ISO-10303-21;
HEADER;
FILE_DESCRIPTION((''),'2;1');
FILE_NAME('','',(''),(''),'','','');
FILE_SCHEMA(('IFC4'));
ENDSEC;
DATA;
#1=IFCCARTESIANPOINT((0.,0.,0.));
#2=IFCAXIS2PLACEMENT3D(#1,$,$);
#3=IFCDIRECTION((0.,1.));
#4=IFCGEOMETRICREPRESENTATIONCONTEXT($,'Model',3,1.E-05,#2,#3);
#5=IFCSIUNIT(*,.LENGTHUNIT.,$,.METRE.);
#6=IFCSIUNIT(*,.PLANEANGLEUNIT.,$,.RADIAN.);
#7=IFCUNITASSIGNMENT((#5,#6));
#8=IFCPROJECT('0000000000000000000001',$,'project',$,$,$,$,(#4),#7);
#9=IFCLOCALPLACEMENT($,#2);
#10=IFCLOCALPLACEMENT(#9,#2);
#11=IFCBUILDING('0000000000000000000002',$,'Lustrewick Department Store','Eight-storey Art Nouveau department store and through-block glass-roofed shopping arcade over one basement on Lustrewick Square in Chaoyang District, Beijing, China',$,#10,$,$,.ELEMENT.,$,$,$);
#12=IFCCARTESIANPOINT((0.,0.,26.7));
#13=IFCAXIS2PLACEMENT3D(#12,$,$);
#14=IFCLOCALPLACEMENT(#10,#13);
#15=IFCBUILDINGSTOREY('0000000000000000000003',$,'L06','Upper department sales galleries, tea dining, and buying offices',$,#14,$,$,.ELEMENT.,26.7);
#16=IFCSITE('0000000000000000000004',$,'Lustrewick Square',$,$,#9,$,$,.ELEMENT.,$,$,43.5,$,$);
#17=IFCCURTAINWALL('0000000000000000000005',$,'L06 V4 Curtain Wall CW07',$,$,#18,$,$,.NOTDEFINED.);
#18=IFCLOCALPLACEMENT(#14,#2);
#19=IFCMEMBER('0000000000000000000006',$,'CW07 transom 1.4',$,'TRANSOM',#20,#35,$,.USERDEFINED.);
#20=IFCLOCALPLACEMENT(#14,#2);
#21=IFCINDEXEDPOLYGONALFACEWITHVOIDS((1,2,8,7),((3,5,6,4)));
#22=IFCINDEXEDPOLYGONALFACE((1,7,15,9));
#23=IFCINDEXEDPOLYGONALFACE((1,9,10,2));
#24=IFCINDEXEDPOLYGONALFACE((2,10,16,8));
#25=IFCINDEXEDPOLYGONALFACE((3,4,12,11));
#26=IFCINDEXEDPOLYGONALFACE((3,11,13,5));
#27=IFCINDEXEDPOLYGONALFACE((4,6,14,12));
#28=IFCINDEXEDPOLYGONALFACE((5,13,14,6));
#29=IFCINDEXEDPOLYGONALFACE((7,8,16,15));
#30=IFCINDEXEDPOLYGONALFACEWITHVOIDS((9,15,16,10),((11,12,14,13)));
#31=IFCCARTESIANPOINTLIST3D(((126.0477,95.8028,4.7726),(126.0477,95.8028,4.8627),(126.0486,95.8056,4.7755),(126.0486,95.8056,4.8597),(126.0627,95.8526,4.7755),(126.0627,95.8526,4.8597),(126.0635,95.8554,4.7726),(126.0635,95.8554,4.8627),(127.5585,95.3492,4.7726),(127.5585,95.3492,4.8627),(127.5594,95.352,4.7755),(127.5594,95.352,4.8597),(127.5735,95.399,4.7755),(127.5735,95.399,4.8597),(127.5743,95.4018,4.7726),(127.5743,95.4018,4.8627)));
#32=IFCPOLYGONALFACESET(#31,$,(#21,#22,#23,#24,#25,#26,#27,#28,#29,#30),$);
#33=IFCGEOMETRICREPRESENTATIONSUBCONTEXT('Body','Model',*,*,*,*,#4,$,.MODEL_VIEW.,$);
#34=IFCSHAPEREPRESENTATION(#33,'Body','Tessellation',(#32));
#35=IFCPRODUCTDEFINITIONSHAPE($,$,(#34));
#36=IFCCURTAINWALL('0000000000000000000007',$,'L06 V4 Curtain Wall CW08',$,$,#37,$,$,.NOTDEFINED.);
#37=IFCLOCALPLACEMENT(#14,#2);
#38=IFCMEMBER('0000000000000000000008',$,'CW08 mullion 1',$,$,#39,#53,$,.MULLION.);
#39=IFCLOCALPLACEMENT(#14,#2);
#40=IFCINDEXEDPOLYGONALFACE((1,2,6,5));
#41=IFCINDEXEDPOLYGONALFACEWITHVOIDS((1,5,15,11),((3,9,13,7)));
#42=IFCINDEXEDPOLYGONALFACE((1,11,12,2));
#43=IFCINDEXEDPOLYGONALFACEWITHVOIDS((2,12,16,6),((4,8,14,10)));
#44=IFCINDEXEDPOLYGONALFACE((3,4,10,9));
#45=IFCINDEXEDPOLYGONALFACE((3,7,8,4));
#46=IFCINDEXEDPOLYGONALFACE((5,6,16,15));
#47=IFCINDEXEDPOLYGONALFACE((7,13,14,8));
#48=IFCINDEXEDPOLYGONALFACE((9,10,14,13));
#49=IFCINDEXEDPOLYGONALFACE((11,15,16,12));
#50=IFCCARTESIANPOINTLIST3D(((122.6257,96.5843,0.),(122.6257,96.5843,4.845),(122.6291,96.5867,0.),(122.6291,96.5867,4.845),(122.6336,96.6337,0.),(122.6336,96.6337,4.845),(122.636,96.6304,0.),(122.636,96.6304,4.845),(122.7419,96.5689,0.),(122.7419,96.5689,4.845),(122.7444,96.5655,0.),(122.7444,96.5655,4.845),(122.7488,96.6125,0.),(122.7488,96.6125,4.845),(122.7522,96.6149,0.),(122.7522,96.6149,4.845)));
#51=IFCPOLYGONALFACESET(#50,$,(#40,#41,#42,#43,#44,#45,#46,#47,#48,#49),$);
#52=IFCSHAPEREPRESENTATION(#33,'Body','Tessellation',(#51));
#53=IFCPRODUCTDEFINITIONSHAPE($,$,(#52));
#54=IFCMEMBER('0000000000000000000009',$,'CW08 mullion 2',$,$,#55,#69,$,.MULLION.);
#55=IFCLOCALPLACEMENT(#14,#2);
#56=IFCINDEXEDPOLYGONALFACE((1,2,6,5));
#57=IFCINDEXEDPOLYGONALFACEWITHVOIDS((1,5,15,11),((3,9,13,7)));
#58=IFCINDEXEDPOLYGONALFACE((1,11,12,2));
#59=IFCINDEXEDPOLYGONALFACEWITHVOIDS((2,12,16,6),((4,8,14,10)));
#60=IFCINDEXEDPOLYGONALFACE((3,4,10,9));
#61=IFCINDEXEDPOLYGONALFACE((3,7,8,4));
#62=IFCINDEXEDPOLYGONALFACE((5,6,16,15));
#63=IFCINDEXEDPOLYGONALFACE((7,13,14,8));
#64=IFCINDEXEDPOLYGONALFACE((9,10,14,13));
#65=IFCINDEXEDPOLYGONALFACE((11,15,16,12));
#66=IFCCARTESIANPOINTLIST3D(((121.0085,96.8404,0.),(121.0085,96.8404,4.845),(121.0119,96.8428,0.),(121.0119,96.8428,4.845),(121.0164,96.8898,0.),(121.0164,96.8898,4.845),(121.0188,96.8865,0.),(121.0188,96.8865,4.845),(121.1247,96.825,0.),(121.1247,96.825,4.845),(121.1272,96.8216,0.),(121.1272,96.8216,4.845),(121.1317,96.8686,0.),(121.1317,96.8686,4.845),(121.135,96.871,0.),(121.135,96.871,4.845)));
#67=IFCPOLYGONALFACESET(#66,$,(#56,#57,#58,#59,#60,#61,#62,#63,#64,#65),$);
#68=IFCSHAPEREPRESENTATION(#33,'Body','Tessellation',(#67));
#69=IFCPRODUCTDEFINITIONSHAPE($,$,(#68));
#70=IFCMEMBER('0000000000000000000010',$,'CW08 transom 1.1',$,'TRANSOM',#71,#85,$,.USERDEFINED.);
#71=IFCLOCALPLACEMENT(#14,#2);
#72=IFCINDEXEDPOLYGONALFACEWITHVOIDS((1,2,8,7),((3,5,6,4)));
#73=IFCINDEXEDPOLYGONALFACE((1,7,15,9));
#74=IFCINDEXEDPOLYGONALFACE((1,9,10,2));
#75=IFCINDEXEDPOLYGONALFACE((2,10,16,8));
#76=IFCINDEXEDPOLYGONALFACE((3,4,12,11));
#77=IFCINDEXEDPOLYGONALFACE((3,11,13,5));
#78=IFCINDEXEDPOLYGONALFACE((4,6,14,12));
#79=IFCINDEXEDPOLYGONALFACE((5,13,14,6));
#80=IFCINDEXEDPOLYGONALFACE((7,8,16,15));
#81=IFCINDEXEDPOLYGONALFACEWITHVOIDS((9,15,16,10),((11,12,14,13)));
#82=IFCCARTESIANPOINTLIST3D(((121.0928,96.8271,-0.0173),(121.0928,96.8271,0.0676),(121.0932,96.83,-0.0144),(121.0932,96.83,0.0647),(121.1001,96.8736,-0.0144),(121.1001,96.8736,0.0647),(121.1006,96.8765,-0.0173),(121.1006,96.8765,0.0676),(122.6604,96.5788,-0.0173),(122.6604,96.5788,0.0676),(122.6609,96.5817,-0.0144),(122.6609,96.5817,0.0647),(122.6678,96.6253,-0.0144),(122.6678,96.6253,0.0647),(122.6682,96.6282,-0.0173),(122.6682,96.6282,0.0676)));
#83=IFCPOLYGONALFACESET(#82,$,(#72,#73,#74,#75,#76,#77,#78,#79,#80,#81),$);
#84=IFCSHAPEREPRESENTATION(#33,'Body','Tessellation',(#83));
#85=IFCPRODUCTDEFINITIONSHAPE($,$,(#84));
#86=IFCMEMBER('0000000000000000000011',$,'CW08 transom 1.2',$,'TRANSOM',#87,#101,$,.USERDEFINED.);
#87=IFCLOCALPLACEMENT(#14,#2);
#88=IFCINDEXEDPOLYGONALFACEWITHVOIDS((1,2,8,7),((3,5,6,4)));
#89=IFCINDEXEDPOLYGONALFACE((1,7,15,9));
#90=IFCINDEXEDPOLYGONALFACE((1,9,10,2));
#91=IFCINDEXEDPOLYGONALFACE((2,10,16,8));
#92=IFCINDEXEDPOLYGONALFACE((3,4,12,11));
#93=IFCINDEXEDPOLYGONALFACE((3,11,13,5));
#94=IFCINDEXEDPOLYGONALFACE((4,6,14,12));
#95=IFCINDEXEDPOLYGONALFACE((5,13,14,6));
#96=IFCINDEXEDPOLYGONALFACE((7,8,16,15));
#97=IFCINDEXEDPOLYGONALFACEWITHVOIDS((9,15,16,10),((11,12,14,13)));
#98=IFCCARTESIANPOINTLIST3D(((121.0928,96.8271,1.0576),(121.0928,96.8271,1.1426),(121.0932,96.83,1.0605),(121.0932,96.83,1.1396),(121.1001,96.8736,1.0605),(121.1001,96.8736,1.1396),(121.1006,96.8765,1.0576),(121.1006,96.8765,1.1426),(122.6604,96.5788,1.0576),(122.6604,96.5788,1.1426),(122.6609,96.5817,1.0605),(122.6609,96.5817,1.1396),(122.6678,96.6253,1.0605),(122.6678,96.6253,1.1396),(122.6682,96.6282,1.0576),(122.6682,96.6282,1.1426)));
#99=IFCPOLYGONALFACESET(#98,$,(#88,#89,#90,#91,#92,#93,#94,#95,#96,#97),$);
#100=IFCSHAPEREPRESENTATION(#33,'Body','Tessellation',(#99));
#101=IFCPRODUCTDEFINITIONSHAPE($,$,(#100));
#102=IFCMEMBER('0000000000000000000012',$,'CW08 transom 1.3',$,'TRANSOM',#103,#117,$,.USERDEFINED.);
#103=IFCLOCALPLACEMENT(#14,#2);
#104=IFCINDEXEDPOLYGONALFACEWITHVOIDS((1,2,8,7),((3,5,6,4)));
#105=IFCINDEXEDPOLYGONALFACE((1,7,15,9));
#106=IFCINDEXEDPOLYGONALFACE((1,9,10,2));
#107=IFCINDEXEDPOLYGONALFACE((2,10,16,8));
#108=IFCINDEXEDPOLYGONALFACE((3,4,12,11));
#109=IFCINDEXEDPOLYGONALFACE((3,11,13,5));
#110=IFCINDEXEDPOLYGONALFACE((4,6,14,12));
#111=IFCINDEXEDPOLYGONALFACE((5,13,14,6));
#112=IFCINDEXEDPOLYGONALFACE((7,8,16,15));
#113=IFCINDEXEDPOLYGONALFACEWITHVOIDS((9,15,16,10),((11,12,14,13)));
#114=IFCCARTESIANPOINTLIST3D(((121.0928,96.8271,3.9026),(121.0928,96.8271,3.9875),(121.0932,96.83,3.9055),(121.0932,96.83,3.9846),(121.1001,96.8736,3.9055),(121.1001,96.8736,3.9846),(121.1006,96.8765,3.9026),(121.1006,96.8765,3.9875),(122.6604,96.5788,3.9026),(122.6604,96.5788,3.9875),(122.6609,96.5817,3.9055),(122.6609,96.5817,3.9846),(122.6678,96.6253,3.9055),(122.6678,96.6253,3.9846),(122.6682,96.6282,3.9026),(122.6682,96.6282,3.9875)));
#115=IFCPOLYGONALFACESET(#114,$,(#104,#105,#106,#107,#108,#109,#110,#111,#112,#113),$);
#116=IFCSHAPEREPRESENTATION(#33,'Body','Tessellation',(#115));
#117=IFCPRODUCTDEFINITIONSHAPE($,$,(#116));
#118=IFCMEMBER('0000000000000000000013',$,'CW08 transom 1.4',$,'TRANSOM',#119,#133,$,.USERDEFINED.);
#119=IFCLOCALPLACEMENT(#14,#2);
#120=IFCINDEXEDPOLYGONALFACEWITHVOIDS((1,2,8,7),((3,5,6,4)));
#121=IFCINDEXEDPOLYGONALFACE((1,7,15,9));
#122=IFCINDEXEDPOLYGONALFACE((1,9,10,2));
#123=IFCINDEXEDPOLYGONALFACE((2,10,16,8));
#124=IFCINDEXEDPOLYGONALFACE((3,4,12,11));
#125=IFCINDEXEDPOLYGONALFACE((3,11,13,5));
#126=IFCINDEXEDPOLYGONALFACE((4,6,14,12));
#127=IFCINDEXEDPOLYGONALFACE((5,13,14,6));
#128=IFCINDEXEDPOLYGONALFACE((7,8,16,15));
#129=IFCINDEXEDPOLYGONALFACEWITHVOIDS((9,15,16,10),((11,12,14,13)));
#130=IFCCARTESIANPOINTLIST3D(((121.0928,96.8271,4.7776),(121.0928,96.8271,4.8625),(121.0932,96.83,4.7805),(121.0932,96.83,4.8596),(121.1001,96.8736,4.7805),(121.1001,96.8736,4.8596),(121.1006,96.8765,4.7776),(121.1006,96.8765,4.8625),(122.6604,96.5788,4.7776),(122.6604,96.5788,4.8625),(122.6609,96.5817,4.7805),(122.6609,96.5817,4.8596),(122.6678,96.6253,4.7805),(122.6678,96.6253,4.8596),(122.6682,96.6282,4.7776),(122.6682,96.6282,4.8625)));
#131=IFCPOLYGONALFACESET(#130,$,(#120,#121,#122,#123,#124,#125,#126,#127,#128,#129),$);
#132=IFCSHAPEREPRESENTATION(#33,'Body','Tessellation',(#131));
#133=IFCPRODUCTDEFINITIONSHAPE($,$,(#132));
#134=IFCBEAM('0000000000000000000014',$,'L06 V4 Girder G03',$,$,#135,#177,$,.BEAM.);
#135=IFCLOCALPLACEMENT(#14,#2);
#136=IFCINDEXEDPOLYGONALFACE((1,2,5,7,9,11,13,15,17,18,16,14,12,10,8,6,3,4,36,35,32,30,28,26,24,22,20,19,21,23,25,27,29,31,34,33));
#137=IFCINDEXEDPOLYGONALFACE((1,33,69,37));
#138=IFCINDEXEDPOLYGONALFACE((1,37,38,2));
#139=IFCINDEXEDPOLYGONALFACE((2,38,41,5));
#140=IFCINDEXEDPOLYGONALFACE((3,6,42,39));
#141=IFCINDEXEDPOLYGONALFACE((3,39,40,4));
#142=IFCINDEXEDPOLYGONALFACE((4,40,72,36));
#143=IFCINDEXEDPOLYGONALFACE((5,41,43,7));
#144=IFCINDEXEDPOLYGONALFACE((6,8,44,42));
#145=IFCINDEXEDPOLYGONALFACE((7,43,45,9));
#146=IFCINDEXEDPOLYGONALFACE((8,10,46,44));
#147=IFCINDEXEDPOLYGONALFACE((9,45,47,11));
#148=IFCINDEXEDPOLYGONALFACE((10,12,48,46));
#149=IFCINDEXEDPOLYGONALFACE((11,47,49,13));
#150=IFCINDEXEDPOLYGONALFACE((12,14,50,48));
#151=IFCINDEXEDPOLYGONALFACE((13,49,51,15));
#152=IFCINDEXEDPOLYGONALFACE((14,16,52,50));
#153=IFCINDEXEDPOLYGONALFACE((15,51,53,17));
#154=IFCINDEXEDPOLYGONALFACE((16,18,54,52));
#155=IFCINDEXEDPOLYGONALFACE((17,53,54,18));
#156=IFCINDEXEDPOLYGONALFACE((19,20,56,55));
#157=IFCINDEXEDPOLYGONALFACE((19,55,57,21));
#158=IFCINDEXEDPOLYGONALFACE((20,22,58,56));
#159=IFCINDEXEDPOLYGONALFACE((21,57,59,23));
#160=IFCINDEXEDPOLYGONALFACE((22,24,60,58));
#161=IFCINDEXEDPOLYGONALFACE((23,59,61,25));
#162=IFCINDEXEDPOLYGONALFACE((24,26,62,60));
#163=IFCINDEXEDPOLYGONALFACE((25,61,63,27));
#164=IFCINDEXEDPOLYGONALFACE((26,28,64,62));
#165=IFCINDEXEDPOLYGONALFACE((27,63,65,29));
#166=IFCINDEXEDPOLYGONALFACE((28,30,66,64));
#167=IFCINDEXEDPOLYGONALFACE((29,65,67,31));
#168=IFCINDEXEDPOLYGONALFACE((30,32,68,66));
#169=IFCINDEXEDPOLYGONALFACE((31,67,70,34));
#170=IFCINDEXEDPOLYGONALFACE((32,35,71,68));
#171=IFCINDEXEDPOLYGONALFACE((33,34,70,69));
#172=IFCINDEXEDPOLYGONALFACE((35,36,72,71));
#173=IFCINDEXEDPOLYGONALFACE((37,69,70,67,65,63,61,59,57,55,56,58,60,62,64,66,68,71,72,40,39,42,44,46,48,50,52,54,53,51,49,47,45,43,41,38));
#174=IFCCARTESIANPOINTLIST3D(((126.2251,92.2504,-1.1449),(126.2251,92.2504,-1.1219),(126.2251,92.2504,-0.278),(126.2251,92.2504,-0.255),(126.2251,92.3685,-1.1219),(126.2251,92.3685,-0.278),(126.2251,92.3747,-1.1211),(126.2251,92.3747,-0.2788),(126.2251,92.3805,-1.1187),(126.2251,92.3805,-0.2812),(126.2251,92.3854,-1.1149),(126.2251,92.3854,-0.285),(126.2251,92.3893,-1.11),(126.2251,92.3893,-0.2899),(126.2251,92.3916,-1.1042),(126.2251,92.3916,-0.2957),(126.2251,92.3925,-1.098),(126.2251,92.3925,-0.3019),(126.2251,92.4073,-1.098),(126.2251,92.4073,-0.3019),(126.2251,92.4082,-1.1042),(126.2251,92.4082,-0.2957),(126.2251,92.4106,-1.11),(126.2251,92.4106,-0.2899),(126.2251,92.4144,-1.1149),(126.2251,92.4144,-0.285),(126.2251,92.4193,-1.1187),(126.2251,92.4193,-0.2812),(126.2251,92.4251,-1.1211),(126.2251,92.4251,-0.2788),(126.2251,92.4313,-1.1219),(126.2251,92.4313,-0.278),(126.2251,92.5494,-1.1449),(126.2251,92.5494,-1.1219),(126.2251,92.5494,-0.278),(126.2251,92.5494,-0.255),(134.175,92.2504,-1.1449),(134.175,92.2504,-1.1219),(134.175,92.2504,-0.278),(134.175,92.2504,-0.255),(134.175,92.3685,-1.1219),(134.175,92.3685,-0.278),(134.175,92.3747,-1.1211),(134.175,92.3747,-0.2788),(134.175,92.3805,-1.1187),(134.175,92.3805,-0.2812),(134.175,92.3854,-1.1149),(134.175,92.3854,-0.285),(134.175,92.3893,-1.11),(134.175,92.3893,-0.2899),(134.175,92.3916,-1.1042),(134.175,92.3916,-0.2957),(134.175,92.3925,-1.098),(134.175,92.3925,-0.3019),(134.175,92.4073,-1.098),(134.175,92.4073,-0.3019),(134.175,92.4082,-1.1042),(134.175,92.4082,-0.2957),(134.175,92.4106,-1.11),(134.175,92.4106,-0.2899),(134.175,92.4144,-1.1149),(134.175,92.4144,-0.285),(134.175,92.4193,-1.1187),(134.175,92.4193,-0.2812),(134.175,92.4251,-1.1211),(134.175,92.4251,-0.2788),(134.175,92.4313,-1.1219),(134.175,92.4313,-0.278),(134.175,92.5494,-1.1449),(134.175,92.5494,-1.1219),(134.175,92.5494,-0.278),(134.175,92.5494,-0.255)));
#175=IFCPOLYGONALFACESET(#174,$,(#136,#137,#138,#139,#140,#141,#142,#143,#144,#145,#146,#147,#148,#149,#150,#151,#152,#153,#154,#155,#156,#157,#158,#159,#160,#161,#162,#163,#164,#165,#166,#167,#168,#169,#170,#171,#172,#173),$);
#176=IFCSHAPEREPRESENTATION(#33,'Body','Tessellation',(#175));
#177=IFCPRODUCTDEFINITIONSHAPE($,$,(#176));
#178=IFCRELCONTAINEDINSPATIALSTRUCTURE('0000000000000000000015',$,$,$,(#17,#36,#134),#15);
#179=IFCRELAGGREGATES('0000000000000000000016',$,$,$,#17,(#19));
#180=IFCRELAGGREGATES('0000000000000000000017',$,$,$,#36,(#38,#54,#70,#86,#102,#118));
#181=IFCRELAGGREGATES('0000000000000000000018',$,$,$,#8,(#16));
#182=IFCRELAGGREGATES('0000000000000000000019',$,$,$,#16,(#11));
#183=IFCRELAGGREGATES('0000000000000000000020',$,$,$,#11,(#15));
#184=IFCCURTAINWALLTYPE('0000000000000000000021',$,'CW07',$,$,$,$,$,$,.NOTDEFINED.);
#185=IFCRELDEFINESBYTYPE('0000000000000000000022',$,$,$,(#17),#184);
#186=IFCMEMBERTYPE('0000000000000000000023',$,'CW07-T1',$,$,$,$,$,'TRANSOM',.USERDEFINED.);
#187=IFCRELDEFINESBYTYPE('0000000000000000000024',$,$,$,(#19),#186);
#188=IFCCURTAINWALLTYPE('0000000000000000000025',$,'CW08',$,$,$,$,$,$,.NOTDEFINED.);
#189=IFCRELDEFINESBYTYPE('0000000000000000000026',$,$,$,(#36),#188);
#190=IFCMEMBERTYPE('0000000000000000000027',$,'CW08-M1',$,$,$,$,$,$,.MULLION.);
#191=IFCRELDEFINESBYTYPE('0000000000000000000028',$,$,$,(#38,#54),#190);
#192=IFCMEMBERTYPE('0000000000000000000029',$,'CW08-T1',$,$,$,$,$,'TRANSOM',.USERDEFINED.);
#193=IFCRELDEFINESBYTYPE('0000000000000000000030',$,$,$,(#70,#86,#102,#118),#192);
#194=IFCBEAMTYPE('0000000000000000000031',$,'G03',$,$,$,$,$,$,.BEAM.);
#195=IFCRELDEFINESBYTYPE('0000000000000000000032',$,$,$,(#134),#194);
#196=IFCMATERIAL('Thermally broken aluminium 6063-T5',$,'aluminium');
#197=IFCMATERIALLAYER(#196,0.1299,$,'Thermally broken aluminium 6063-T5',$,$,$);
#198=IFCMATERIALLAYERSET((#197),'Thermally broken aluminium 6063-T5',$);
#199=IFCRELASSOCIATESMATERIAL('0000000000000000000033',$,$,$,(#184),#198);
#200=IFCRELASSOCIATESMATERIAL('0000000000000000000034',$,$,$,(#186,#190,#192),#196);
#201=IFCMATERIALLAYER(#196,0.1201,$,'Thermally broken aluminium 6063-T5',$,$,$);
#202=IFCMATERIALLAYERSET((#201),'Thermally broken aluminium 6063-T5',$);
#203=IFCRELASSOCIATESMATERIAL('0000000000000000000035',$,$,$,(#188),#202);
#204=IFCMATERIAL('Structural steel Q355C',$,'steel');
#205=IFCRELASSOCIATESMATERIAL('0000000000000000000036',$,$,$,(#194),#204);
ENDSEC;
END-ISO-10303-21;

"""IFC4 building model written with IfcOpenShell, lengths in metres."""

from ifc_helpers import new_model, si_unit, direction, frame, origin, origin_2d, place, context, subcontext, project, spatial, hollow_rectangle, i_section, extrude, material, layer, layer_set, material_profile, profile_set, type_object, element, aggregate, save


model = new_model("IFC4")

# Units and contexts
model_context = context("Model", 3, precision=1e-05, world=origin(), true_north=direction((0.0, 1.0)))
body_context = subcontext(model_context, "Body", "Model", "MODEL_VIEW")
ifc_project = project(units=[si_unit("LENGTHUNIT", "METRE"), si_unit("PLANEANGLEUNIT", "RADIAN")], contexts=[model_context])

# Site, building, storey
site_placement = place(None, origin())
site = spatial("IfcSite", under=ifc_project, at=site_placement, Name="Lustrewick Square", CompositionType="ELEMENT", RefElevation=43.5)
building_placement = place(site_placement, origin())
building = spatial("IfcBuilding", under=site, at=building_placement, Name="Lustrewick Department Store", Description="Eight-storey Art Nouveau department store and through-block glass-roofed shopping arcade over one basement on Lustrewick Square in Chaoyang District, Beijing, China", CompositionType="ELEMENT")
storey_placement = place(building_placement, frame((0.0, 0.0, 26.7)))
storey = spatial("IfcBuildingStorey", under=building, at=storey_placement, Name="L06", Description="Upper department sales galleries, tea dining, and buying offices", CompositionType="ELEMENT", Elevation=26.7)

# Curtain walls, members
ifc_material_1 = material(Name="Thermally broken aluminium 6063-T5", Category="aluminium")
ifc_layer_1 = layer(ifc_material_1, 0.1299, Name="Thermally broken aluminium 6063-T5")
ifc_layer_set_1 = layer_set([ifc_layer_1], Name="Thermally broken aluminium 6063-T5")
curtain_wall_type_1 = type_object("IfcCurtainWallType", Name="CW07", PredefinedType="NOTDEFINED", material=ifc_layer_set_1)
curtain_wall_1_placement = place(storey_placement, origin())
curtain_wall_1 = element("IfcCurtainWall", 1, at=curtain_wall_1_placement, inside=storey, type_object=curtain_wall_type_1, Name="L06 V4 Curtain Wall CW07", PredefinedType="NOTDEFINED")
ifc_material_profile_1 = material_profile(ifc_material_1, hollow_rectangle(XDim=0.0549, YDim=0.0901, WallThickness=0.0029, at=origin_2d()), Name="ALU-T 55x90x3")
ifc_profile_set_1 = profile_set([ifc_material_profile_1], Name="Thermally broken aluminium 6063-T5")
member_type_1 = type_object("IfcMemberType", Name="CW07-T1", ElementType="TRANSOM", PredefinedType="USERDEFINED", material=ifc_profile_set_1)
member_1_placement = place(storey_placement, frame((127.5664, 95.3755, 4.8176), z_axis=(-0.957758, 0.287575, 0.0), x_axis=(-0.287575, -0.957758, 0.0)))
member_1 = element("IfcMember", 2, at=member_1_placement, type_object=member_type_1, Name="CW07 transom 1.4", ObjectType="TRANSOM", PredefinedType="USERDEFINED", context=body_context, shape_type="SweptSolid", body=[
    extrude(hollow_rectangle(XDim=0.0549, YDim=0.0901, WallThickness=0.0029, at=origin_2d()), origin(), (0.0, 0.0, 1.0), 1.5774),
])
ifc_layer_2 = layer(ifc_material_1, 0.1201, Name="Thermally broken aluminium 6063-T5")
ifc_layer_set_2 = layer_set([ifc_layer_2], Name="Thermally broken aluminium 6063-T5")
curtain_wall_type_2 = type_object("IfcCurtainWallType", Name="CW08", PredefinedType="NOTDEFINED", material=ifc_layer_set_2)
curtain_wall_2_placement = place(storey_placement, origin())
curtain_wall_2 = element("IfcCurtainWall", 3, at=curtain_wall_2_placement, inside=storey, type_object=curtain_wall_type_2, Name="L06 V4 Curtain Wall CW08", PredefinedType="NOTDEFINED")
ifc_material_profile_2 = material_profile(ifc_material_1, hollow_rectangle(XDim=0.05, YDim=0.1201, WallThickness=0.0029, at=origin_2d()), Name="ALU-M 50x120x3")
ifc_profile_set_2 = profile_set([ifc_material_profile_2], Name="Thermally broken aluminium 6063-T5")
member_type_2 = type_object("IfcMemberType", Name="CW08-M1", PredefinedType="MULLION", material=ifc_profile_set_2)
member_2_placement = place(storey_placement, frame((122.689, 96.5996, 0.0), z_axis=(0.0, 0.0, 1.0), x_axis=(-0.156407, -0.987693, 0.0)))
member_2 = element("IfcMember", 4, at=member_2_placement, type_object=member_type_2, Name="CW08 mullion 1", PredefinedType="MULLION", context=body_context, shape_type="SweptSolid", body=[
    extrude(hollow_rectangle(XDim=0.05, YDim=0.1201, WallThickness=0.0029, at=origin_2d()), origin(), (0.0, 0.0, 1.0), 4.845),
])
member_3_placement = place(storey_placement, frame((121.0718, 96.8557, 0.0), z_axis=(0.0, 0.0, 1.0), x_axis=(-0.156407, -0.987693, 0.0)))
member_3 = element("IfcMember", 5, at=member_3_placement, type_object=member_type_2, Name="CW08 mullion 2", PredefinedType="MULLION", context=body_context, shape_type="SweptSolid", body=[
    extrude(hollow_rectangle(XDim=0.05, YDim=0.1201, WallThickness=0.0029, at=origin_2d()), origin(), (0.0, 0.0, 1.0), 4.845),
])
ifc_material_profile_3 = material_profile(ifc_material_1, hollow_rectangle(XDim=0.05, YDim=0.085, WallThickness=0.0029, at=origin_2d()), Name="ALU-T 50x85x3")
ifc_profile_set_3 = profile_set([ifc_material_profile_3], Name="Thermally broken aluminium 6063-T5")
member_type_3 = type_object("IfcMemberType", Name="CW08-T1", ElementType="TRANSOM", PredefinedType="USERDEFINED", material=ifc_profile_set_3)
member_4_placement = place(storey_placement, frame((122.6643, 96.6035, 0.0251), z_axis=(-0.987688, 0.156436, 0.0), x_axis=(-0.156436, -0.987688, 0.0)))
member_4 = element("IfcMember", 6, at=member_4_placement, type_object=member_type_3, Name="CW08 transom 1.1", ObjectType="TRANSOM", PredefinedType="USERDEFINED", context=body_context, shape_type="SweptSolid", body=[
    extrude(hollow_rectangle(XDim=0.05, YDim=0.085, WallThickness=0.0029, at=origin_2d()), origin(), (0.0, 0.0, 1.0), 1.5872),
])
member_5_placement = place(storey_placement, frame((122.6643, 96.6035, 1.1001), z_axis=(-0.987688, 0.156436, 0.0), x_axis=(-0.156436, -0.987688, 0.0)))
member_5 = element("IfcMember", 7, at=member_5_placement, type_object=member_type_3, Name="CW08 transom 1.2", ObjectType="TRANSOM", PredefinedType="USERDEFINED", context=body_context, shape_type="SweptSolid", body=[
    extrude(hollow_rectangle(XDim=0.05, YDim=0.085, WallThickness=0.0029, at=origin_2d()), origin(), (0.0, 0.0, 1.0), 1.5872),
])
member_6_placement = place(storey_placement, frame((122.6643, 96.6035, 3.9451), z_axis=(-0.987688, 0.156436, 0.0), x_axis=(-0.156436, -0.987688, 0.0)))
member_6 = element("IfcMember", 8, at=member_6_placement, type_object=member_type_3, Name="CW08 transom 1.3", ObjectType="TRANSOM", PredefinedType="USERDEFINED", context=body_context, shape_type="SweptSolid", body=[
    extrude(hollow_rectangle(XDim=0.05, YDim=0.085, WallThickness=0.0029, at=origin_2d()), origin(), (0.0, 0.0, 1.0), 1.5872),
])
member_7_placement = place(storey_placement, frame((122.6643, 96.6035, 4.8201), z_axis=(-0.987688, 0.156436, 0.0), x_axis=(-0.156436, -0.987688, 0.0)))
member_7 = element("IfcMember", 9, at=member_7_placement, type_object=member_type_3, Name="CW08 transom 1.4", ObjectType="TRANSOM", PredefinedType="USERDEFINED", context=body_context, shape_type="SweptSolid", body=[
    extrude(hollow_rectangle(XDim=0.05, YDim=0.085, WallThickness=0.0029, at=origin_2d()), origin(), (0.0, 0.0, 1.0), 1.5872),
])

# Beam
ifc_material_2 = material(Name="Structural steel Q355C", Category="steel")
ifc_material_profile_4 = material_profile(ifc_material_2, i_section(OverallWidth=0.2991, OverallDepth=0.8899, WebThickness=0.0149, FlangeThickness=0.0229, FilletRadius=0.0239, at=origin_2d()), Name="HN 890x299x15x23")
ifc_profile_set_4 = profile_set([ifc_material_profile_4], Name="Structural steel Q355C")
beam_type_1 = type_object("IfcBeamType", Name="G03", PredefinedType="BEAM", material=ifc_profile_set_4)
beam_1_placement = place(storey_placement, frame((126.2251, 92.3999, -0.7), z_axis=(1.0, 0.0, 0.0), x_axis=(0.0, 1.0, 0.0)))
element("IfcBeam", 10, at=beam_1_placement, inside=storey, type_object=beam_type_1, Name="L06 V4 Girder G03", PredefinedType="BEAM", context=body_context, shape_type="SweptSolid", body=[
    extrude(i_section(OverallWidth=0.2991, OverallDepth=0.8899, WebThickness=0.0149, FlangeThickness=0.0229, FilletRadius=0.0239, at=origin_2d()), origin(), (0.0, 0.0, 1.0), 7.95),
])

aggregate(curtain_wall_1, [member_1])
aggregate(curtain_wall_2, [member_2, member_3, member_4, member_5, member_6, member_7])

save(model, "model.ifc")
